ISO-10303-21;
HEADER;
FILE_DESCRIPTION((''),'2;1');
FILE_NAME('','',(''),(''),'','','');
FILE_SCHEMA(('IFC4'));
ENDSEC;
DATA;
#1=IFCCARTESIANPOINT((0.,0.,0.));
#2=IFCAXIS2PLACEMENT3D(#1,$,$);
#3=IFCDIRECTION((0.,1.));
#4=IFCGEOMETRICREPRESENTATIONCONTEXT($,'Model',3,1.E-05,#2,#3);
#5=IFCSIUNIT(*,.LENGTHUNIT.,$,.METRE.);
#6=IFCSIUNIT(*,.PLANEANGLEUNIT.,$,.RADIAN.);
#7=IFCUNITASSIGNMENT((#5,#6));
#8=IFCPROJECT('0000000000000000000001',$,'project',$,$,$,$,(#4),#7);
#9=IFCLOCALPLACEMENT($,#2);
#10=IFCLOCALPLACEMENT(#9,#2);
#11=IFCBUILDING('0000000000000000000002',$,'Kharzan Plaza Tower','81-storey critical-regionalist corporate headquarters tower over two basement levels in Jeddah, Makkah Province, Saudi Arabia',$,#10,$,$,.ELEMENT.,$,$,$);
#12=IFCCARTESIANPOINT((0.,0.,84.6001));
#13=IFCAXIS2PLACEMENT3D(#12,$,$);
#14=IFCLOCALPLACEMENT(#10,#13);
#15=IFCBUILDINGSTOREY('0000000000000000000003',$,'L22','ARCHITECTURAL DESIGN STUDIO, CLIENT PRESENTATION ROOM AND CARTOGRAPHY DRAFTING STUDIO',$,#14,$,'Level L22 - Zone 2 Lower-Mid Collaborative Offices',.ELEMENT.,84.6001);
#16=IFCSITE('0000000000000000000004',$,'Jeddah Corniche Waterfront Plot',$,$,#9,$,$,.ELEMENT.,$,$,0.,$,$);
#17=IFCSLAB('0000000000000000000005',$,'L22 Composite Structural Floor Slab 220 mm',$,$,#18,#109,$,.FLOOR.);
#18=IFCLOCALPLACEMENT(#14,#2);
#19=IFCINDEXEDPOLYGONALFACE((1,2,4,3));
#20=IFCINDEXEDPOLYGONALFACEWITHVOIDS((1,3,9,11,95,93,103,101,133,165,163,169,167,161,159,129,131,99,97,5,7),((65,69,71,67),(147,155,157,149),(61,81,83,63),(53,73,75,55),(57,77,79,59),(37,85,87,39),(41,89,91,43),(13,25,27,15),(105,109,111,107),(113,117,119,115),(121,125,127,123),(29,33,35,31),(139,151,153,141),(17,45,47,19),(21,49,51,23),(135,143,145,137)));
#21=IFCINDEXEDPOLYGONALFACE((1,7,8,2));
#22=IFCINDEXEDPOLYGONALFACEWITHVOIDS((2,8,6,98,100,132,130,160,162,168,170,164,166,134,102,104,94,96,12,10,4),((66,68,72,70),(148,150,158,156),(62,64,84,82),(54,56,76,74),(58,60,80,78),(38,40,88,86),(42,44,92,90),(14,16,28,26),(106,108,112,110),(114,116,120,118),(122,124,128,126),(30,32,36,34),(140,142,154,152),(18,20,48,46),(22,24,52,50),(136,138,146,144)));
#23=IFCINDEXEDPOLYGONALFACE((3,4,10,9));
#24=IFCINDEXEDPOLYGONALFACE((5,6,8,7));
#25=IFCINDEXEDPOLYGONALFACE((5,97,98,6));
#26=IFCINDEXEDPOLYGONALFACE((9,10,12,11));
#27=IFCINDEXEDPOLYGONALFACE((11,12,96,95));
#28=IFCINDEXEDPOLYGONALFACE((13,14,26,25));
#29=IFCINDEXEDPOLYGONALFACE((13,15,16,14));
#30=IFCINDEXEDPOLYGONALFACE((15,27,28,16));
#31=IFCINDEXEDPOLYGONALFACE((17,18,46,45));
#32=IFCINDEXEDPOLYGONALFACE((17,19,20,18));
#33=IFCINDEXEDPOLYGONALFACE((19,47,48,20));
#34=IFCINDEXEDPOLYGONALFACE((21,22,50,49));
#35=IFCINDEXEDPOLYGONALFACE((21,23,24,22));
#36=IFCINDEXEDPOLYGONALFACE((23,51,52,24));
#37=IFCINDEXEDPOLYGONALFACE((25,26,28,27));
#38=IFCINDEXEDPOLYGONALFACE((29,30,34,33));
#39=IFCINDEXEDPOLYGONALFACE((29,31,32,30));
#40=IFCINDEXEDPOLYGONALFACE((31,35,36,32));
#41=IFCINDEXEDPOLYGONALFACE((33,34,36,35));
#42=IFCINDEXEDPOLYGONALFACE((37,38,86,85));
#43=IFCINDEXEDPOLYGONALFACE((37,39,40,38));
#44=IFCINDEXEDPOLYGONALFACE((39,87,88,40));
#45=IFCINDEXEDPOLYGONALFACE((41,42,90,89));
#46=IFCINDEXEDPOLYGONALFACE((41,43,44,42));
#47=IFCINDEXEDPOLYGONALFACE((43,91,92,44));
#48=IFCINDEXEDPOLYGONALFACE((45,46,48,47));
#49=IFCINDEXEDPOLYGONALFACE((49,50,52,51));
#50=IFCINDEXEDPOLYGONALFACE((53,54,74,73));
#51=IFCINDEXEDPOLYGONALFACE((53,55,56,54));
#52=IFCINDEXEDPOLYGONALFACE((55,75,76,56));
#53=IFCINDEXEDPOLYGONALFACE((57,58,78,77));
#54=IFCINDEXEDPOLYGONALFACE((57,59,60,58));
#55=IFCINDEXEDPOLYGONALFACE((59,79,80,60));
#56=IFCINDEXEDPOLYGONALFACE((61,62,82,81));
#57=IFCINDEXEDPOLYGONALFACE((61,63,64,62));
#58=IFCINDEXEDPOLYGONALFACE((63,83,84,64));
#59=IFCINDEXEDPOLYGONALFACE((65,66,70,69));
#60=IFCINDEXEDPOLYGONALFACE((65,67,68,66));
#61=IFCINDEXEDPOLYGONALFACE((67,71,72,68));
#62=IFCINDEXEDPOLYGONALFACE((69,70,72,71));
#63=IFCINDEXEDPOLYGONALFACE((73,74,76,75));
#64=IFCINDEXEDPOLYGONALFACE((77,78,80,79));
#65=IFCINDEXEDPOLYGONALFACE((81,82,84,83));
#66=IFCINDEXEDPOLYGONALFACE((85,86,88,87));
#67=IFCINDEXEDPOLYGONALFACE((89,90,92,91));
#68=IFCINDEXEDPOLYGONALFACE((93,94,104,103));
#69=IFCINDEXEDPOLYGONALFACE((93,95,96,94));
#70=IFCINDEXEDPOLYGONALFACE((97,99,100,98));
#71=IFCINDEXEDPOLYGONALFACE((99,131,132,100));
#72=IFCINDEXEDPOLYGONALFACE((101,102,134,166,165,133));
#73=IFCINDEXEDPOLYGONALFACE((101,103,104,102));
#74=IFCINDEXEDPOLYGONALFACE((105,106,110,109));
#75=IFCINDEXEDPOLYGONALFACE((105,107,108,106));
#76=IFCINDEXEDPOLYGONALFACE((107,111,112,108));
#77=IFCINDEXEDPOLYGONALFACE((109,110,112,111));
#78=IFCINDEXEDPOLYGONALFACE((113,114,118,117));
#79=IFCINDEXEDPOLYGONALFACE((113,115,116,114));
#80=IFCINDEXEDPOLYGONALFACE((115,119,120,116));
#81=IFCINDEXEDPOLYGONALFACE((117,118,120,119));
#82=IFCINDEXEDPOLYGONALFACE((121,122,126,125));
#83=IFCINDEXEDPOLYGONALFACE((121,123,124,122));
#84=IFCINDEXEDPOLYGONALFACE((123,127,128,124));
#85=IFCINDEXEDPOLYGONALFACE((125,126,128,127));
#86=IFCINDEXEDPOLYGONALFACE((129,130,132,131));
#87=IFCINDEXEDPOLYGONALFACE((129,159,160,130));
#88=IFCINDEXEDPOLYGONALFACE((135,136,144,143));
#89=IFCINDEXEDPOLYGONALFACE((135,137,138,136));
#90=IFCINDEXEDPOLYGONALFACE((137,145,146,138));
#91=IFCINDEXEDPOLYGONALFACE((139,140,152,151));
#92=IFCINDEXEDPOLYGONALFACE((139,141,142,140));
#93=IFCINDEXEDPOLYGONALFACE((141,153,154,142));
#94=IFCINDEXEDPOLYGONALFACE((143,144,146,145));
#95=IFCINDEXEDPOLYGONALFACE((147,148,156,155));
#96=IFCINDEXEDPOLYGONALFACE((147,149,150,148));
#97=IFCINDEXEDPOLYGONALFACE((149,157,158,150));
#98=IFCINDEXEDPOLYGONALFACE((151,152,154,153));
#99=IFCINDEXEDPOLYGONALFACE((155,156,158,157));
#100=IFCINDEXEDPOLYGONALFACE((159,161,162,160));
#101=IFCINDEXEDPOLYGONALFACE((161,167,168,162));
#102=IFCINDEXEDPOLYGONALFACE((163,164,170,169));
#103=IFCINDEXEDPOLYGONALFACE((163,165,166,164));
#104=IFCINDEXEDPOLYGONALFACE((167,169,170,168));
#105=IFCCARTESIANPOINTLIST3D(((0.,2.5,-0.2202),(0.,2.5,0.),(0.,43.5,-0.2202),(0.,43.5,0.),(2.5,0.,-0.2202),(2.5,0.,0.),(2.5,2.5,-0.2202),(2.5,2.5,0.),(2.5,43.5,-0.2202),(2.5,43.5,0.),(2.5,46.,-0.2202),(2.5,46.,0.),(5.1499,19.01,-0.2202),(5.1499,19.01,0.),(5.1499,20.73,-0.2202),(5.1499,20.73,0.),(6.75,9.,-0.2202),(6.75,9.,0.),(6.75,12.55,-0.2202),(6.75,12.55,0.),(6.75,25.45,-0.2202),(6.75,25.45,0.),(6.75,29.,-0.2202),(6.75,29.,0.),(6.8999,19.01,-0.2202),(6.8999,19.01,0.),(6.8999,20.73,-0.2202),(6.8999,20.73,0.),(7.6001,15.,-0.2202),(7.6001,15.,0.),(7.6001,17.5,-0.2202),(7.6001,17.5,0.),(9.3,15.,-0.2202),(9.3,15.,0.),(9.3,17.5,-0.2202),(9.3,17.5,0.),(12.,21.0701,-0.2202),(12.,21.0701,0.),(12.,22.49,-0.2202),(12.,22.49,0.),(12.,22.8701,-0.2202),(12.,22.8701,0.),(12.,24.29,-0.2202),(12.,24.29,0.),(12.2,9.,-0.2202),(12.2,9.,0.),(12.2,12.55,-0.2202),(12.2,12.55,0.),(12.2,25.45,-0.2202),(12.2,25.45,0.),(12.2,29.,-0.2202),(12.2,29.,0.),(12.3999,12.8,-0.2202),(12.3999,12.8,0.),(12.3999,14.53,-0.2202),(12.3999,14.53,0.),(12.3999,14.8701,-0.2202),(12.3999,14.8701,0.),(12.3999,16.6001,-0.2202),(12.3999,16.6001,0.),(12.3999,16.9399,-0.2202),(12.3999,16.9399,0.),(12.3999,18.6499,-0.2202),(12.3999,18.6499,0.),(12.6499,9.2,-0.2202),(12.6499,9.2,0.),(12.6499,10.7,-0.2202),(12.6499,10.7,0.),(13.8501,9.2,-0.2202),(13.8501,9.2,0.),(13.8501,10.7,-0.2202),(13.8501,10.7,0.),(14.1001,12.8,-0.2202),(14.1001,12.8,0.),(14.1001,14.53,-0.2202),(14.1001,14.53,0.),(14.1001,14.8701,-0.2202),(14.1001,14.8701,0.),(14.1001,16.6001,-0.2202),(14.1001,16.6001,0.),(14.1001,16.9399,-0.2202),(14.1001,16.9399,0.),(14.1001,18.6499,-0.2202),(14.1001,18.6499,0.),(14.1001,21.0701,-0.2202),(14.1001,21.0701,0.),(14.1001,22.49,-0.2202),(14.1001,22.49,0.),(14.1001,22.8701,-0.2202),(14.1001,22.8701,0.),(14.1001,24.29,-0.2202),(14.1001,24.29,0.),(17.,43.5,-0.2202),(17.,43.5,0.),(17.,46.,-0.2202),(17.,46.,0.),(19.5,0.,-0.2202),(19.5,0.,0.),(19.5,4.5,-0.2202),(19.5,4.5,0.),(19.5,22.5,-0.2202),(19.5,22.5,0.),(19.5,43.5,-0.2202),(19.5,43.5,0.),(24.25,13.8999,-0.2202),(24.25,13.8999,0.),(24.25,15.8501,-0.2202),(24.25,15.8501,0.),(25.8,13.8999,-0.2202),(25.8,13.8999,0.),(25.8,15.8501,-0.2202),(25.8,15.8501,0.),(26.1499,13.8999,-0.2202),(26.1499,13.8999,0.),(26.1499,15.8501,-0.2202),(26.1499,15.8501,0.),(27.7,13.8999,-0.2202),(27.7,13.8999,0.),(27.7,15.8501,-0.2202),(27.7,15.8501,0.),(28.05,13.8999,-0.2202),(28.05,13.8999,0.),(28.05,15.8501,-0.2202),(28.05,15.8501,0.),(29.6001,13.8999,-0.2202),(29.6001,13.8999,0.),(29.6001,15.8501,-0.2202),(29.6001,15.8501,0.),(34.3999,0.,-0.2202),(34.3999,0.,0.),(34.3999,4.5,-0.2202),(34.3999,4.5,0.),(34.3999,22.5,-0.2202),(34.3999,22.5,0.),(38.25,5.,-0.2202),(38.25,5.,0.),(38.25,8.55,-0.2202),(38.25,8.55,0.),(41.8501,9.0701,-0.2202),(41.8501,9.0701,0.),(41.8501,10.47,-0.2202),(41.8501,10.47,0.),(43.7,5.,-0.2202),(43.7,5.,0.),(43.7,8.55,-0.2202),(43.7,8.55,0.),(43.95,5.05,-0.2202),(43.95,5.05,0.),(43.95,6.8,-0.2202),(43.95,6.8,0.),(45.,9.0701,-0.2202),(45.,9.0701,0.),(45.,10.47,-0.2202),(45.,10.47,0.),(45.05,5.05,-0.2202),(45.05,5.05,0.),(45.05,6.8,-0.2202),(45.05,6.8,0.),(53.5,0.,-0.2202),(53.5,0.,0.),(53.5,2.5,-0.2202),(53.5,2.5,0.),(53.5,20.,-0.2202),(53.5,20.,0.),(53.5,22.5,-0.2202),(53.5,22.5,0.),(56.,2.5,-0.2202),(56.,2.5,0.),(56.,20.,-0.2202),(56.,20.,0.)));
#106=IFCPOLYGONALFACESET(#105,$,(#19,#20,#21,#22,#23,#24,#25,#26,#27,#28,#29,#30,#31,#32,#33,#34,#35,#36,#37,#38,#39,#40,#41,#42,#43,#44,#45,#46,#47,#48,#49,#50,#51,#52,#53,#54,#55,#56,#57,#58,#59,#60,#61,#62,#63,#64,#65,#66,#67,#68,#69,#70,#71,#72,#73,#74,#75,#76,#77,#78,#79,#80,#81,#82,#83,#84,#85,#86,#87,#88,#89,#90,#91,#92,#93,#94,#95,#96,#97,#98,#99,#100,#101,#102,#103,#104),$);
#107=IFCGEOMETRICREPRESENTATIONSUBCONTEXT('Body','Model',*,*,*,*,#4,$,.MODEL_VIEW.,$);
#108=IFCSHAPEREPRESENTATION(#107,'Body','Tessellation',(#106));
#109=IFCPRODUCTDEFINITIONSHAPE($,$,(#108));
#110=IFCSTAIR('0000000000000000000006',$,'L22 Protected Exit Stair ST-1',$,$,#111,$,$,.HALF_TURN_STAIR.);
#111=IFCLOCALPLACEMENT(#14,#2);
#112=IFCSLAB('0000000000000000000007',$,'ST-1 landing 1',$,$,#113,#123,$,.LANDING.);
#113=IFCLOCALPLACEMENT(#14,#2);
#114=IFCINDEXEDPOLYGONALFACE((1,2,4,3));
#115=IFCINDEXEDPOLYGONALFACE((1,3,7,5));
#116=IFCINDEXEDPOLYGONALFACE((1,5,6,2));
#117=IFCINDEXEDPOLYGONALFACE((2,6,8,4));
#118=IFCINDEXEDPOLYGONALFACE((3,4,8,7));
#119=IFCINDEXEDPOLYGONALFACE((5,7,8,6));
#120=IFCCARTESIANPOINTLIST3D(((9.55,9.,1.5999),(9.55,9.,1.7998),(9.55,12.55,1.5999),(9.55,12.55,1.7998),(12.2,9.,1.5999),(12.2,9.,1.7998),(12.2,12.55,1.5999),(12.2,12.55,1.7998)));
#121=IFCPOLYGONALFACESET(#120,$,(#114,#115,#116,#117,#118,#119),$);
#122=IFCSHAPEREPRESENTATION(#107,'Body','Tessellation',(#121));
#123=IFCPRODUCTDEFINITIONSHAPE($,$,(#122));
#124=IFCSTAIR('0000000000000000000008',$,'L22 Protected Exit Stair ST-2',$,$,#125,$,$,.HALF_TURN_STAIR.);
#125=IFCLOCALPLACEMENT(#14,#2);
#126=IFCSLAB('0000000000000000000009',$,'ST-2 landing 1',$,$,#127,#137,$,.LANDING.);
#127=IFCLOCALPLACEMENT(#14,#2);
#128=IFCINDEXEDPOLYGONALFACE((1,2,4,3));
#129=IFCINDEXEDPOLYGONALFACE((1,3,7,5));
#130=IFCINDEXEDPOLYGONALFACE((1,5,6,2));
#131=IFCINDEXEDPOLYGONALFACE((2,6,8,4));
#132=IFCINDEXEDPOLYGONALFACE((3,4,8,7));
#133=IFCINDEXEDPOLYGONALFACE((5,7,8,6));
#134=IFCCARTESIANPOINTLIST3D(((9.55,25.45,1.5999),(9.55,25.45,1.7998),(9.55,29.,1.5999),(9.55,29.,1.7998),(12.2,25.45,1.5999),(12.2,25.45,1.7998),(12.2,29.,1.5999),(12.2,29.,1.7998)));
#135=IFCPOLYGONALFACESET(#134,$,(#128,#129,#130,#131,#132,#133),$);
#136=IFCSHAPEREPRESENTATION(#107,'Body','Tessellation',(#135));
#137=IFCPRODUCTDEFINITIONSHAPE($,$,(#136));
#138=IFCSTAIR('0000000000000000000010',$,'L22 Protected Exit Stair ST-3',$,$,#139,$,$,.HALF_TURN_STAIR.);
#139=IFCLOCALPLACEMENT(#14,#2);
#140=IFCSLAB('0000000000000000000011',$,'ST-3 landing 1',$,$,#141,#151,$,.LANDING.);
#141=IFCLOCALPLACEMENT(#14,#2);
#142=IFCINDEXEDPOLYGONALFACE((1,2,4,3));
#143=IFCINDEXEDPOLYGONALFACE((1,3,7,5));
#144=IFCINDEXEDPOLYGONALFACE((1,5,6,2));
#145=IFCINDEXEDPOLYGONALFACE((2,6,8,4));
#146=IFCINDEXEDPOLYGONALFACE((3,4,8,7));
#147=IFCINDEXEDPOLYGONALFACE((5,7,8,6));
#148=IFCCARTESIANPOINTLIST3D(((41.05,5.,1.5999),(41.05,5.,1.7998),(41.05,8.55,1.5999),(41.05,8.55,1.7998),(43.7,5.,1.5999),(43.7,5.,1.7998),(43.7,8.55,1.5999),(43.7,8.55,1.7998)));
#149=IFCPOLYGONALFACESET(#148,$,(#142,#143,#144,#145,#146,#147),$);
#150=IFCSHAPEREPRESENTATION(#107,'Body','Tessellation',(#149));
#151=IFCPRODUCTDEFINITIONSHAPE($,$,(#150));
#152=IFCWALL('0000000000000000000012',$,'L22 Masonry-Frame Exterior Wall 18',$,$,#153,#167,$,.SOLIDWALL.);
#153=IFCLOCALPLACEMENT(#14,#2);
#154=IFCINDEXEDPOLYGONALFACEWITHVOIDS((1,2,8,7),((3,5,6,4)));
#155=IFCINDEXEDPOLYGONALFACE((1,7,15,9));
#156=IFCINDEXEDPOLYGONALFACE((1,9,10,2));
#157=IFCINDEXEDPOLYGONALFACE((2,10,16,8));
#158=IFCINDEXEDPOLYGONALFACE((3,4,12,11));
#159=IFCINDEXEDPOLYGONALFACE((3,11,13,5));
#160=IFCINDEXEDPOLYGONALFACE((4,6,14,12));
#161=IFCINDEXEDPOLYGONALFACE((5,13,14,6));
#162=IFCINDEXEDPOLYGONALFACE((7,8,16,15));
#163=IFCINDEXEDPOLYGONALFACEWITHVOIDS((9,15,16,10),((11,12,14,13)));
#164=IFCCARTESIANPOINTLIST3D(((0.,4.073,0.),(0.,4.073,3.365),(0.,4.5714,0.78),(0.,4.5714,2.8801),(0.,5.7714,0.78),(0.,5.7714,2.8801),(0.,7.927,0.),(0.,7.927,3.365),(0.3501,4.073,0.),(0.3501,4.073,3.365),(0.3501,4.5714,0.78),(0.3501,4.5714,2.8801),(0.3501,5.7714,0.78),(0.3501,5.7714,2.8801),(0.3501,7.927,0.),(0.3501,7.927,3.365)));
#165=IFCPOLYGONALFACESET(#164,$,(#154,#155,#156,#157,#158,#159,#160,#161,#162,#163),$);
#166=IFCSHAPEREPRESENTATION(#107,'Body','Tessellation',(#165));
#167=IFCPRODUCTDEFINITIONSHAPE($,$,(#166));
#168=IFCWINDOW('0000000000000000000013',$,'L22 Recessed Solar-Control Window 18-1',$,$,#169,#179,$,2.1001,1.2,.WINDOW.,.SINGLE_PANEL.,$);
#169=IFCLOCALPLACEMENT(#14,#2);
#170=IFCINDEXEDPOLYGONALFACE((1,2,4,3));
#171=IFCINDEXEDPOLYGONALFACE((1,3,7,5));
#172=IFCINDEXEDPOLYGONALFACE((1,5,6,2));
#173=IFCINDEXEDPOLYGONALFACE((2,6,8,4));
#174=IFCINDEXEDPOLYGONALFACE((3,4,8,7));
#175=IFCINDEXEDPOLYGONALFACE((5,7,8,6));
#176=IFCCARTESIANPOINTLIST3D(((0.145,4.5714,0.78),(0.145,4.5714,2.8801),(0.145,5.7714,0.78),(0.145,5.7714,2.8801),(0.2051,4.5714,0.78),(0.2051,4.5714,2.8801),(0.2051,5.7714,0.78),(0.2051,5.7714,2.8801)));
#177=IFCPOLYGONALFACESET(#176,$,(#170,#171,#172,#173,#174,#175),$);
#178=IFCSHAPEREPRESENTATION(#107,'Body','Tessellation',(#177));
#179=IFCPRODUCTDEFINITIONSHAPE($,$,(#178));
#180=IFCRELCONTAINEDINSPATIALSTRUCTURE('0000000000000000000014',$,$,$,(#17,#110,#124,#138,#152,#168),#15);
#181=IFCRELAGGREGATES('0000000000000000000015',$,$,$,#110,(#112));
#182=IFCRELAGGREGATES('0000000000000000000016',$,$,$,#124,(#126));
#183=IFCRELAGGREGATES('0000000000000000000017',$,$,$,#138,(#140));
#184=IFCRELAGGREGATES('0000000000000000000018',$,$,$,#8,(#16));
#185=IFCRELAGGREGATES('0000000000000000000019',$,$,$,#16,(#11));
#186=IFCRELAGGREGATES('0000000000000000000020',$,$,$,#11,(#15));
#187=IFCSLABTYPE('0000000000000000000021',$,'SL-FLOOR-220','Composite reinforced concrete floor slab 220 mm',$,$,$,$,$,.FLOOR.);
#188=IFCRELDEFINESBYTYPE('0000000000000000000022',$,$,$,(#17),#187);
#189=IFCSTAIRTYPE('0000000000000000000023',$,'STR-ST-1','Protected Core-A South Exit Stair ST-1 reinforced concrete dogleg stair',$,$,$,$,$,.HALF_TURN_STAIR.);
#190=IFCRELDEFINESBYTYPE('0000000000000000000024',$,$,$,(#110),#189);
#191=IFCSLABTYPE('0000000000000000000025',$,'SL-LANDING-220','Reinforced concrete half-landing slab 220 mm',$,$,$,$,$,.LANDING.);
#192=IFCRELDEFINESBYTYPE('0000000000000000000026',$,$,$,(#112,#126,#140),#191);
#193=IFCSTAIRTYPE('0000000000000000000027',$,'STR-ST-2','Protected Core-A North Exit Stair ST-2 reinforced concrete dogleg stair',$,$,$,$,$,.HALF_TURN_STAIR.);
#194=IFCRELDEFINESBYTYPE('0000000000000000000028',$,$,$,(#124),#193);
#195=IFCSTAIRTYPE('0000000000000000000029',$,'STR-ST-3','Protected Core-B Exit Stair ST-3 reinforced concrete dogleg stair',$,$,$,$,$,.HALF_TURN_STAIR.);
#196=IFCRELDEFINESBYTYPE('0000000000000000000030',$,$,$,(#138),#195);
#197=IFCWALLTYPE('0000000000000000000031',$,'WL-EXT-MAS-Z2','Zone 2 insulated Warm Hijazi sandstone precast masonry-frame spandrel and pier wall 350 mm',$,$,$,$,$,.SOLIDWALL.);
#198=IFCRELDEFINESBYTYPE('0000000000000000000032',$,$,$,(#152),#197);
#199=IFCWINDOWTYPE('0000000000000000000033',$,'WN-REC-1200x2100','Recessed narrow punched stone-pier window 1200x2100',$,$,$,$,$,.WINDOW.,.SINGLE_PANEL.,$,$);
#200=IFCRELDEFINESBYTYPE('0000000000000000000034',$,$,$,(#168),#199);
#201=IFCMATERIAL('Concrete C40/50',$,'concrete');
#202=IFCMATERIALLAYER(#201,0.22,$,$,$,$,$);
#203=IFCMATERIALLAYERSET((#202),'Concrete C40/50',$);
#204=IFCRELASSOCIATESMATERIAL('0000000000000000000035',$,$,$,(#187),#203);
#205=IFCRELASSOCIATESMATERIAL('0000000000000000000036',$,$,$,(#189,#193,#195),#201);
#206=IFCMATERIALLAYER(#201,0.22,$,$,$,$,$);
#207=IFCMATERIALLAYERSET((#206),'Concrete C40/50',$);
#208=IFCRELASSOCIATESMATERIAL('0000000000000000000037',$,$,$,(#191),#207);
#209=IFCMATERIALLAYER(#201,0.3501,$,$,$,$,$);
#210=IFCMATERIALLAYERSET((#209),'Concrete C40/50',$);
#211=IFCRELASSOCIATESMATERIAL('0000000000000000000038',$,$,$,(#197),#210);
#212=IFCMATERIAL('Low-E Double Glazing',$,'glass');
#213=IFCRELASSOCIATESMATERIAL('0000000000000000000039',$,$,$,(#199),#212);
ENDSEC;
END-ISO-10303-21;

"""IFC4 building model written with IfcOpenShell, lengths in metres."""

from ifc_helpers import new_model, si_unit, direction, frame, frame_2d, origin, place, context, subcontext, project, spatial, polyline, rectangle, outline, extrude, source, transform, mapped, material, layer, layer_set, type_object, element, fill, aggregate, save


model = new_model("IFC4")

# Units and contexts
model_context = context("Model", 3, precision=1e-05, world=origin(), true_north=direction((0.0, 1.0)))
body_context = subcontext(model_context, "Body", "Model", "MODEL_VIEW")
ifc_project = project(units=[si_unit("LENGTHUNIT", "METRE"), si_unit("PLANEANGLEUNIT", "RADIAN")], contexts=[model_context])

# Site, building, storey
site_placement = place(None, origin())
site = spatial("IfcSite", under=ifc_project, at=site_placement, Name="Jeddah Corniche Waterfront Plot", CompositionType="ELEMENT", RefElevation=0.0)
building_placement = place(site_placement, origin())
building = spatial("IfcBuilding", under=site, at=building_placement, Name="Kharzan Plaza Tower", Description="81-storey critical-regionalist corporate headquarters tower over two basement levels in Jeddah, Makkah Province, Saudi Arabia", CompositionType="ELEMENT")
storey_placement = place(building_placement, frame((0.0, 0.0, 84.6001)))
storey = spatial("IfcBuildingStorey", under=building, at=storey_placement, Name="L22", Description="ARCHITECTURAL DESIGN STUDIO, CLIENT PRESENTATION ROOM AND CARTOGRAPHY DRAFTING STUDIO", LongName="Level L22 - Zone 2 Lower-Mid Collaborative Offices", CompositionType="ELEMENT", Elevation=84.6001)

# Slab
ifc_material_1 = material(Name="Concrete C40/50", Category="concrete")
ifc_layer_1 = layer(ifc_material_1, 0.22)
ifc_layer_set_1 = layer_set([ifc_layer_1], Name="Concrete C40/50")
slab_type_1 = type_object("IfcSlabType", Name="SL-FLOOR-220", Description="Composite reinforced concrete floor slab 220 mm", PredefinedType="FLOOR", material=ifc_layer_set_1)
slab_1_placement = place(storey_placement, frame((0.0, 0.0, -0.2202)))
element("IfcSlab", 1, at=slab_1_placement, inside=storey, type_object=slab_type_1, Name="L22 Composite Structural Floor Slab 220 mm", PredefinedType="FLOOR", context=body_context, shape_type="SweptSolid", body=[
    extrude(outline(polyline([(34.3999, 22.5), (19.5, 22.5), (19.5, 43.5), (17.0, 43.5), (17.0, 46.0), (2.5, 46.0), (2.5, 43.5), (0.0, 43.5), (0.0, 2.5), (2.5, 2.5), (2.5, 0.0), (19.5, 0.0), (19.5, 4.5), (34.3999, 4.5), (34.3999, 0.0), (53.5, 0.0), (53.5, 2.5), (56.0, 2.5), (56.0, 20.0), (53.5, 20.0), (53.5, 22.5), (34.3999, 22.5)]), holes=[polyline([(12.2, 9.0), (12.2, 12.55), (6.75, 12.55), (6.75, 9.0), (12.2, 9.0)]), polyline([(14.1001, 12.8), (14.1001, 14.53), (12.3999, 14.53), (12.3999, 12.8), (14.1001, 12.8)]), polyline([(14.1001, 14.8701), (14.1001, 16.6001), (12.3999, 16.6001), (12.3999, 14.8701), (14.1001, 14.8701)]), polyline([(9.3, 15.0), (9.3, 17.5), (7.6001, 17.5), (7.6001, 15.0), (9.3, 15.0)]), polyline([(6.8999, 19.01), (6.8999, 20.73), (5.1499, 20.73), (5.1499, 19.01), (6.8999, 19.01)]), polyline([(14.1001, 21.0701), (14.1001, 22.49), (12.0, 22.49), (12.0, 21.0701), (14.1001, 21.0701)]), polyline([(14.1001, 22.8701), (14.1001, 24.29), (12.0, 24.29), (12.0, 22.8701), (14.1001, 22.8701)]), polyline([(12.2, 25.45), (12.2, 29.0), (6.75, 29.0), (6.75, 25.45), (12.2, 25.45)]), polyline([(45.05, 5.05), (45.05, 6.8), (43.95, 6.8), (43.95, 5.05), (45.05, 5.05)]), polyline([(43.7, 5.0), (43.7, 8.55), (38.25, 8.55), (38.25, 5.0), (43.7, 5.0)]), polyline([(45.0, 9.0701), (45.0, 10.47), (41.8501, 10.47), (41.8501, 9.0701), (45.0, 9.0701)]), polyline([(13.8501, 9.2), (13.8501, 10.7), (12.6499, 10.7), (12.6499, 9.2), (13.8501, 9.2)]), polyline([(25.8, 13.8999), (25.8, 15.8501), (24.25, 15.8501), (24.25, 13.8999), (25.8, 13.8999)]), polyline([(27.7, 13.8999), (27.7, 15.8501), (26.1499, 15.8501), (26.1499, 13.8999), (27.7, 13.8999)]), polyline([(29.6001, 13.8999), (29.6001, 15.8501), (28.05, 15.8501), (28.05, 13.8999), (29.6001, 13.8999)]), polyline([(14.1001, 16.9399), (14.1001, 18.6499), (12.3999, 18.6499), (12.3999, 16.9399), (14.1001, 16.9399)])]), origin(), (0.0, 0.0, 1.0), 0.2202),
])

# Stairs, slabs
stair_type_1 = type_object("IfcStairType", Name="STR-ST-1", Description="Protected Core-A South Exit Stair ST-1 reinforced concrete dogleg stair", PredefinedType="HALF_TURN_STAIR", material=ifc_material_1)
stair_1_placement = place(storey_placement, origin())
stair_1 = element("IfcStair", 2, at=stair_1_placement, inside=storey, type_object=stair_type_1, Name="L22 Protected Exit Stair ST-1", PredefinedType="HALF_TURN_STAIR")
ifc_layer_2 = layer(ifc_material_1, 0.22)
ifc_layer_set_2 = layer_set([ifc_layer_2], Name="Concrete C40/50")
slab_type_2 = type_object("IfcSlabType", Name="SL-LANDING-220", Description="Reinforced concrete half-landing slab 220 mm", PredefinedType="LANDING", material=ifc_layer_set_2)
slab_2_placement = place(storey_placement, frame((0.0, 0.0, 1.5999)))
slab_2 = element("IfcSlab", 3, at=slab_2_placement, type_object=slab_type_2, Name="ST-1 landing 1", PredefinedType="LANDING", context=body_context, shape_type="SweptSolid", body=[
    extrude(outline(polyline([(9.55, 9.0), (12.2, 9.0), (12.2, 12.55), (9.55, 12.55), (9.55, 9.0)])), origin(), (0.0, 0.0, 1.0), 0.2),
])
aggregate(stair_1, [slab_2])
stair_type_2 = type_object("IfcStairType", Name="STR-ST-2", Description="Protected Core-A North Exit Stair ST-2 reinforced concrete dogleg stair", PredefinedType="HALF_TURN_STAIR", material=ifc_material_1)
stair_2_placement = place(storey_placement, origin())
stair_2 = element("IfcStair", 4, at=stair_2_placement, inside=storey, type_object=stair_type_2, Name="L22 Protected Exit Stair ST-2", PredefinedType="HALF_TURN_STAIR")
slab_3_placement = place(storey_placement, frame((0.0, 0.0, 1.5999)))
slab_3 = element("IfcSlab", 5, at=slab_3_placement, type_object=slab_type_2, Name="ST-2 landing 1", PredefinedType="LANDING", context=body_context, shape_type="SweptSolid", body=[
    extrude(outline(polyline([(9.55, 25.45), (12.2, 25.45), (12.2, 29.0), (9.55, 29.0), (9.55, 25.45)])), origin(), (0.0, 0.0, 1.0), 0.2),
])
aggregate(stair_2, [slab_3])
stair_type_3 = type_object("IfcStairType", Name="STR-ST-3", Description="Protected Core-B Exit Stair ST-3 reinforced concrete dogleg stair", PredefinedType="HALF_TURN_STAIR", material=ifc_material_1)
stair_3_placement = place(storey_placement, origin())
stair_3 = element("IfcStair", 6, at=stair_3_placement, inside=storey, type_object=stair_type_3, Name="L22 Protected Exit Stair ST-3", PredefinedType="HALF_TURN_STAIR")
slab_4_placement = place(storey_placement, frame((0.0, 0.0, 1.5999)))
slab_4 = element("IfcSlab", 7, at=slab_4_placement, type_object=slab_type_2, Name="ST-3 landing 1", PredefinedType="LANDING", context=body_context, shape_type="SweptSolid", body=[
    extrude(outline(polyline([(41.05, 5.0), (43.7, 5.0), (43.7, 8.55), (41.05, 8.55), (41.05, 5.0)])), origin(), (0.0, 0.0, 1.0), 0.2),
])
aggregate(stair_3, [slab_4])

# Wall, opening, window
ifc_layer_3 = layer(ifc_material_1, 0.3501)
ifc_layer_set_3 = layer_set([ifc_layer_3], Name="Concrete C40/50")
wall_type_1 = type_object("IfcWallType", Name="WL-EXT-MAS-Z2", Description="Zone 2 insulated Warm Hijazi sandstone precast masonry-frame spandrel and pier wall 350 mm", PredefinedType="SOLIDWALL", material=ifc_layer_set_3)
wall_1_placement = place(storey_placement, frame((0.175, 7.927, 0.0), z_axis=(0.0, 0.0, 1.0), x_axis=(0.0, -1.0, 0.0)))
wall_1 = element("IfcWall", 8, at=wall_1_placement, inside=storey, type_object=wall_type_1, Name="L22 Masonry-Frame Exterior Wall 18", PredefinedType="SOLIDWALL", context=body_context, shape_type="SweptSolid", body=[
    extrude(rectangle(XDim=3.854, YDim=0.3501, at=frame_2d((1.927, 0.0))), origin(), (0.0, 0.0, 1.0), 3.365),
])
opening_1_placement = place(wall_1_placement, frame((2.1555, 0.0, 0.78)))
opening_1 = element("IfcOpeningElement", 9, at=opening_1_placement, cuts=wall_1, PredefinedType="OPENING", context=body_context, shape_type="SweptSolid", body=[
    extrude(rectangle(XDim=1.2, YDim=2.1001, at=frame_2d((0.6001, 1.05))), frame((0.0, 0.1851, 0.0), z_axis=(0.0, -1.0, 0.0), x_axis=(1.0, 0.0, 0.0)), (0.0, 0.0, 1.0), 0.3701),
])
ifc_material_2 = material(Name="Low-E Double Glazing", Category="glass")
window_type_1 = type_object("IfcWindowType", Name="WN-REC-1200x2100", Description="Recessed narrow punched stone-pier window 1200x2100", PartitioningType="SINGLE_PANEL", PredefinedType="WINDOW", material=ifc_material_2)
shared_shape_1 = source(origin(), body_context, "Body", "SweptSolid", [
    extrude(rectangle(XDim=1.2, YDim=2.1001, at=frame_2d((0.6001, 1.05))), frame((0.0, 0.03, 0.0), z_axis=(0.0, -1.0, 0.0), x_axis=(1.0, 0.0, 0.0)), (0.0, 0.0, 1.0), 0.0601),
])
window_1_placement = place(opening_1_placement, origin())
window_1 = element("IfcWindow", 10, at=window_1_placement, inside=storey, type_object=window_type_1, Name="L22 Recessed Solar-Control Window 18-1", OverallHeight=2.1001, OverallWidth=1.2, PartitioningType="SINGLE_PANEL", PredefinedType="WINDOW", context=body_context, shape_type="MappedRepresentation", body=[
    mapped(shared_shape_1, transform((0.0, 0.0, 0.0), x_axis=(1.0, 0.0, 0.0), y_axis=(0.0, 1.0, 0.0), z_axis=(0.0, 0.0, 1.0))),
])
fill(opening_1, window_1)

save(model, "model.ifc")
